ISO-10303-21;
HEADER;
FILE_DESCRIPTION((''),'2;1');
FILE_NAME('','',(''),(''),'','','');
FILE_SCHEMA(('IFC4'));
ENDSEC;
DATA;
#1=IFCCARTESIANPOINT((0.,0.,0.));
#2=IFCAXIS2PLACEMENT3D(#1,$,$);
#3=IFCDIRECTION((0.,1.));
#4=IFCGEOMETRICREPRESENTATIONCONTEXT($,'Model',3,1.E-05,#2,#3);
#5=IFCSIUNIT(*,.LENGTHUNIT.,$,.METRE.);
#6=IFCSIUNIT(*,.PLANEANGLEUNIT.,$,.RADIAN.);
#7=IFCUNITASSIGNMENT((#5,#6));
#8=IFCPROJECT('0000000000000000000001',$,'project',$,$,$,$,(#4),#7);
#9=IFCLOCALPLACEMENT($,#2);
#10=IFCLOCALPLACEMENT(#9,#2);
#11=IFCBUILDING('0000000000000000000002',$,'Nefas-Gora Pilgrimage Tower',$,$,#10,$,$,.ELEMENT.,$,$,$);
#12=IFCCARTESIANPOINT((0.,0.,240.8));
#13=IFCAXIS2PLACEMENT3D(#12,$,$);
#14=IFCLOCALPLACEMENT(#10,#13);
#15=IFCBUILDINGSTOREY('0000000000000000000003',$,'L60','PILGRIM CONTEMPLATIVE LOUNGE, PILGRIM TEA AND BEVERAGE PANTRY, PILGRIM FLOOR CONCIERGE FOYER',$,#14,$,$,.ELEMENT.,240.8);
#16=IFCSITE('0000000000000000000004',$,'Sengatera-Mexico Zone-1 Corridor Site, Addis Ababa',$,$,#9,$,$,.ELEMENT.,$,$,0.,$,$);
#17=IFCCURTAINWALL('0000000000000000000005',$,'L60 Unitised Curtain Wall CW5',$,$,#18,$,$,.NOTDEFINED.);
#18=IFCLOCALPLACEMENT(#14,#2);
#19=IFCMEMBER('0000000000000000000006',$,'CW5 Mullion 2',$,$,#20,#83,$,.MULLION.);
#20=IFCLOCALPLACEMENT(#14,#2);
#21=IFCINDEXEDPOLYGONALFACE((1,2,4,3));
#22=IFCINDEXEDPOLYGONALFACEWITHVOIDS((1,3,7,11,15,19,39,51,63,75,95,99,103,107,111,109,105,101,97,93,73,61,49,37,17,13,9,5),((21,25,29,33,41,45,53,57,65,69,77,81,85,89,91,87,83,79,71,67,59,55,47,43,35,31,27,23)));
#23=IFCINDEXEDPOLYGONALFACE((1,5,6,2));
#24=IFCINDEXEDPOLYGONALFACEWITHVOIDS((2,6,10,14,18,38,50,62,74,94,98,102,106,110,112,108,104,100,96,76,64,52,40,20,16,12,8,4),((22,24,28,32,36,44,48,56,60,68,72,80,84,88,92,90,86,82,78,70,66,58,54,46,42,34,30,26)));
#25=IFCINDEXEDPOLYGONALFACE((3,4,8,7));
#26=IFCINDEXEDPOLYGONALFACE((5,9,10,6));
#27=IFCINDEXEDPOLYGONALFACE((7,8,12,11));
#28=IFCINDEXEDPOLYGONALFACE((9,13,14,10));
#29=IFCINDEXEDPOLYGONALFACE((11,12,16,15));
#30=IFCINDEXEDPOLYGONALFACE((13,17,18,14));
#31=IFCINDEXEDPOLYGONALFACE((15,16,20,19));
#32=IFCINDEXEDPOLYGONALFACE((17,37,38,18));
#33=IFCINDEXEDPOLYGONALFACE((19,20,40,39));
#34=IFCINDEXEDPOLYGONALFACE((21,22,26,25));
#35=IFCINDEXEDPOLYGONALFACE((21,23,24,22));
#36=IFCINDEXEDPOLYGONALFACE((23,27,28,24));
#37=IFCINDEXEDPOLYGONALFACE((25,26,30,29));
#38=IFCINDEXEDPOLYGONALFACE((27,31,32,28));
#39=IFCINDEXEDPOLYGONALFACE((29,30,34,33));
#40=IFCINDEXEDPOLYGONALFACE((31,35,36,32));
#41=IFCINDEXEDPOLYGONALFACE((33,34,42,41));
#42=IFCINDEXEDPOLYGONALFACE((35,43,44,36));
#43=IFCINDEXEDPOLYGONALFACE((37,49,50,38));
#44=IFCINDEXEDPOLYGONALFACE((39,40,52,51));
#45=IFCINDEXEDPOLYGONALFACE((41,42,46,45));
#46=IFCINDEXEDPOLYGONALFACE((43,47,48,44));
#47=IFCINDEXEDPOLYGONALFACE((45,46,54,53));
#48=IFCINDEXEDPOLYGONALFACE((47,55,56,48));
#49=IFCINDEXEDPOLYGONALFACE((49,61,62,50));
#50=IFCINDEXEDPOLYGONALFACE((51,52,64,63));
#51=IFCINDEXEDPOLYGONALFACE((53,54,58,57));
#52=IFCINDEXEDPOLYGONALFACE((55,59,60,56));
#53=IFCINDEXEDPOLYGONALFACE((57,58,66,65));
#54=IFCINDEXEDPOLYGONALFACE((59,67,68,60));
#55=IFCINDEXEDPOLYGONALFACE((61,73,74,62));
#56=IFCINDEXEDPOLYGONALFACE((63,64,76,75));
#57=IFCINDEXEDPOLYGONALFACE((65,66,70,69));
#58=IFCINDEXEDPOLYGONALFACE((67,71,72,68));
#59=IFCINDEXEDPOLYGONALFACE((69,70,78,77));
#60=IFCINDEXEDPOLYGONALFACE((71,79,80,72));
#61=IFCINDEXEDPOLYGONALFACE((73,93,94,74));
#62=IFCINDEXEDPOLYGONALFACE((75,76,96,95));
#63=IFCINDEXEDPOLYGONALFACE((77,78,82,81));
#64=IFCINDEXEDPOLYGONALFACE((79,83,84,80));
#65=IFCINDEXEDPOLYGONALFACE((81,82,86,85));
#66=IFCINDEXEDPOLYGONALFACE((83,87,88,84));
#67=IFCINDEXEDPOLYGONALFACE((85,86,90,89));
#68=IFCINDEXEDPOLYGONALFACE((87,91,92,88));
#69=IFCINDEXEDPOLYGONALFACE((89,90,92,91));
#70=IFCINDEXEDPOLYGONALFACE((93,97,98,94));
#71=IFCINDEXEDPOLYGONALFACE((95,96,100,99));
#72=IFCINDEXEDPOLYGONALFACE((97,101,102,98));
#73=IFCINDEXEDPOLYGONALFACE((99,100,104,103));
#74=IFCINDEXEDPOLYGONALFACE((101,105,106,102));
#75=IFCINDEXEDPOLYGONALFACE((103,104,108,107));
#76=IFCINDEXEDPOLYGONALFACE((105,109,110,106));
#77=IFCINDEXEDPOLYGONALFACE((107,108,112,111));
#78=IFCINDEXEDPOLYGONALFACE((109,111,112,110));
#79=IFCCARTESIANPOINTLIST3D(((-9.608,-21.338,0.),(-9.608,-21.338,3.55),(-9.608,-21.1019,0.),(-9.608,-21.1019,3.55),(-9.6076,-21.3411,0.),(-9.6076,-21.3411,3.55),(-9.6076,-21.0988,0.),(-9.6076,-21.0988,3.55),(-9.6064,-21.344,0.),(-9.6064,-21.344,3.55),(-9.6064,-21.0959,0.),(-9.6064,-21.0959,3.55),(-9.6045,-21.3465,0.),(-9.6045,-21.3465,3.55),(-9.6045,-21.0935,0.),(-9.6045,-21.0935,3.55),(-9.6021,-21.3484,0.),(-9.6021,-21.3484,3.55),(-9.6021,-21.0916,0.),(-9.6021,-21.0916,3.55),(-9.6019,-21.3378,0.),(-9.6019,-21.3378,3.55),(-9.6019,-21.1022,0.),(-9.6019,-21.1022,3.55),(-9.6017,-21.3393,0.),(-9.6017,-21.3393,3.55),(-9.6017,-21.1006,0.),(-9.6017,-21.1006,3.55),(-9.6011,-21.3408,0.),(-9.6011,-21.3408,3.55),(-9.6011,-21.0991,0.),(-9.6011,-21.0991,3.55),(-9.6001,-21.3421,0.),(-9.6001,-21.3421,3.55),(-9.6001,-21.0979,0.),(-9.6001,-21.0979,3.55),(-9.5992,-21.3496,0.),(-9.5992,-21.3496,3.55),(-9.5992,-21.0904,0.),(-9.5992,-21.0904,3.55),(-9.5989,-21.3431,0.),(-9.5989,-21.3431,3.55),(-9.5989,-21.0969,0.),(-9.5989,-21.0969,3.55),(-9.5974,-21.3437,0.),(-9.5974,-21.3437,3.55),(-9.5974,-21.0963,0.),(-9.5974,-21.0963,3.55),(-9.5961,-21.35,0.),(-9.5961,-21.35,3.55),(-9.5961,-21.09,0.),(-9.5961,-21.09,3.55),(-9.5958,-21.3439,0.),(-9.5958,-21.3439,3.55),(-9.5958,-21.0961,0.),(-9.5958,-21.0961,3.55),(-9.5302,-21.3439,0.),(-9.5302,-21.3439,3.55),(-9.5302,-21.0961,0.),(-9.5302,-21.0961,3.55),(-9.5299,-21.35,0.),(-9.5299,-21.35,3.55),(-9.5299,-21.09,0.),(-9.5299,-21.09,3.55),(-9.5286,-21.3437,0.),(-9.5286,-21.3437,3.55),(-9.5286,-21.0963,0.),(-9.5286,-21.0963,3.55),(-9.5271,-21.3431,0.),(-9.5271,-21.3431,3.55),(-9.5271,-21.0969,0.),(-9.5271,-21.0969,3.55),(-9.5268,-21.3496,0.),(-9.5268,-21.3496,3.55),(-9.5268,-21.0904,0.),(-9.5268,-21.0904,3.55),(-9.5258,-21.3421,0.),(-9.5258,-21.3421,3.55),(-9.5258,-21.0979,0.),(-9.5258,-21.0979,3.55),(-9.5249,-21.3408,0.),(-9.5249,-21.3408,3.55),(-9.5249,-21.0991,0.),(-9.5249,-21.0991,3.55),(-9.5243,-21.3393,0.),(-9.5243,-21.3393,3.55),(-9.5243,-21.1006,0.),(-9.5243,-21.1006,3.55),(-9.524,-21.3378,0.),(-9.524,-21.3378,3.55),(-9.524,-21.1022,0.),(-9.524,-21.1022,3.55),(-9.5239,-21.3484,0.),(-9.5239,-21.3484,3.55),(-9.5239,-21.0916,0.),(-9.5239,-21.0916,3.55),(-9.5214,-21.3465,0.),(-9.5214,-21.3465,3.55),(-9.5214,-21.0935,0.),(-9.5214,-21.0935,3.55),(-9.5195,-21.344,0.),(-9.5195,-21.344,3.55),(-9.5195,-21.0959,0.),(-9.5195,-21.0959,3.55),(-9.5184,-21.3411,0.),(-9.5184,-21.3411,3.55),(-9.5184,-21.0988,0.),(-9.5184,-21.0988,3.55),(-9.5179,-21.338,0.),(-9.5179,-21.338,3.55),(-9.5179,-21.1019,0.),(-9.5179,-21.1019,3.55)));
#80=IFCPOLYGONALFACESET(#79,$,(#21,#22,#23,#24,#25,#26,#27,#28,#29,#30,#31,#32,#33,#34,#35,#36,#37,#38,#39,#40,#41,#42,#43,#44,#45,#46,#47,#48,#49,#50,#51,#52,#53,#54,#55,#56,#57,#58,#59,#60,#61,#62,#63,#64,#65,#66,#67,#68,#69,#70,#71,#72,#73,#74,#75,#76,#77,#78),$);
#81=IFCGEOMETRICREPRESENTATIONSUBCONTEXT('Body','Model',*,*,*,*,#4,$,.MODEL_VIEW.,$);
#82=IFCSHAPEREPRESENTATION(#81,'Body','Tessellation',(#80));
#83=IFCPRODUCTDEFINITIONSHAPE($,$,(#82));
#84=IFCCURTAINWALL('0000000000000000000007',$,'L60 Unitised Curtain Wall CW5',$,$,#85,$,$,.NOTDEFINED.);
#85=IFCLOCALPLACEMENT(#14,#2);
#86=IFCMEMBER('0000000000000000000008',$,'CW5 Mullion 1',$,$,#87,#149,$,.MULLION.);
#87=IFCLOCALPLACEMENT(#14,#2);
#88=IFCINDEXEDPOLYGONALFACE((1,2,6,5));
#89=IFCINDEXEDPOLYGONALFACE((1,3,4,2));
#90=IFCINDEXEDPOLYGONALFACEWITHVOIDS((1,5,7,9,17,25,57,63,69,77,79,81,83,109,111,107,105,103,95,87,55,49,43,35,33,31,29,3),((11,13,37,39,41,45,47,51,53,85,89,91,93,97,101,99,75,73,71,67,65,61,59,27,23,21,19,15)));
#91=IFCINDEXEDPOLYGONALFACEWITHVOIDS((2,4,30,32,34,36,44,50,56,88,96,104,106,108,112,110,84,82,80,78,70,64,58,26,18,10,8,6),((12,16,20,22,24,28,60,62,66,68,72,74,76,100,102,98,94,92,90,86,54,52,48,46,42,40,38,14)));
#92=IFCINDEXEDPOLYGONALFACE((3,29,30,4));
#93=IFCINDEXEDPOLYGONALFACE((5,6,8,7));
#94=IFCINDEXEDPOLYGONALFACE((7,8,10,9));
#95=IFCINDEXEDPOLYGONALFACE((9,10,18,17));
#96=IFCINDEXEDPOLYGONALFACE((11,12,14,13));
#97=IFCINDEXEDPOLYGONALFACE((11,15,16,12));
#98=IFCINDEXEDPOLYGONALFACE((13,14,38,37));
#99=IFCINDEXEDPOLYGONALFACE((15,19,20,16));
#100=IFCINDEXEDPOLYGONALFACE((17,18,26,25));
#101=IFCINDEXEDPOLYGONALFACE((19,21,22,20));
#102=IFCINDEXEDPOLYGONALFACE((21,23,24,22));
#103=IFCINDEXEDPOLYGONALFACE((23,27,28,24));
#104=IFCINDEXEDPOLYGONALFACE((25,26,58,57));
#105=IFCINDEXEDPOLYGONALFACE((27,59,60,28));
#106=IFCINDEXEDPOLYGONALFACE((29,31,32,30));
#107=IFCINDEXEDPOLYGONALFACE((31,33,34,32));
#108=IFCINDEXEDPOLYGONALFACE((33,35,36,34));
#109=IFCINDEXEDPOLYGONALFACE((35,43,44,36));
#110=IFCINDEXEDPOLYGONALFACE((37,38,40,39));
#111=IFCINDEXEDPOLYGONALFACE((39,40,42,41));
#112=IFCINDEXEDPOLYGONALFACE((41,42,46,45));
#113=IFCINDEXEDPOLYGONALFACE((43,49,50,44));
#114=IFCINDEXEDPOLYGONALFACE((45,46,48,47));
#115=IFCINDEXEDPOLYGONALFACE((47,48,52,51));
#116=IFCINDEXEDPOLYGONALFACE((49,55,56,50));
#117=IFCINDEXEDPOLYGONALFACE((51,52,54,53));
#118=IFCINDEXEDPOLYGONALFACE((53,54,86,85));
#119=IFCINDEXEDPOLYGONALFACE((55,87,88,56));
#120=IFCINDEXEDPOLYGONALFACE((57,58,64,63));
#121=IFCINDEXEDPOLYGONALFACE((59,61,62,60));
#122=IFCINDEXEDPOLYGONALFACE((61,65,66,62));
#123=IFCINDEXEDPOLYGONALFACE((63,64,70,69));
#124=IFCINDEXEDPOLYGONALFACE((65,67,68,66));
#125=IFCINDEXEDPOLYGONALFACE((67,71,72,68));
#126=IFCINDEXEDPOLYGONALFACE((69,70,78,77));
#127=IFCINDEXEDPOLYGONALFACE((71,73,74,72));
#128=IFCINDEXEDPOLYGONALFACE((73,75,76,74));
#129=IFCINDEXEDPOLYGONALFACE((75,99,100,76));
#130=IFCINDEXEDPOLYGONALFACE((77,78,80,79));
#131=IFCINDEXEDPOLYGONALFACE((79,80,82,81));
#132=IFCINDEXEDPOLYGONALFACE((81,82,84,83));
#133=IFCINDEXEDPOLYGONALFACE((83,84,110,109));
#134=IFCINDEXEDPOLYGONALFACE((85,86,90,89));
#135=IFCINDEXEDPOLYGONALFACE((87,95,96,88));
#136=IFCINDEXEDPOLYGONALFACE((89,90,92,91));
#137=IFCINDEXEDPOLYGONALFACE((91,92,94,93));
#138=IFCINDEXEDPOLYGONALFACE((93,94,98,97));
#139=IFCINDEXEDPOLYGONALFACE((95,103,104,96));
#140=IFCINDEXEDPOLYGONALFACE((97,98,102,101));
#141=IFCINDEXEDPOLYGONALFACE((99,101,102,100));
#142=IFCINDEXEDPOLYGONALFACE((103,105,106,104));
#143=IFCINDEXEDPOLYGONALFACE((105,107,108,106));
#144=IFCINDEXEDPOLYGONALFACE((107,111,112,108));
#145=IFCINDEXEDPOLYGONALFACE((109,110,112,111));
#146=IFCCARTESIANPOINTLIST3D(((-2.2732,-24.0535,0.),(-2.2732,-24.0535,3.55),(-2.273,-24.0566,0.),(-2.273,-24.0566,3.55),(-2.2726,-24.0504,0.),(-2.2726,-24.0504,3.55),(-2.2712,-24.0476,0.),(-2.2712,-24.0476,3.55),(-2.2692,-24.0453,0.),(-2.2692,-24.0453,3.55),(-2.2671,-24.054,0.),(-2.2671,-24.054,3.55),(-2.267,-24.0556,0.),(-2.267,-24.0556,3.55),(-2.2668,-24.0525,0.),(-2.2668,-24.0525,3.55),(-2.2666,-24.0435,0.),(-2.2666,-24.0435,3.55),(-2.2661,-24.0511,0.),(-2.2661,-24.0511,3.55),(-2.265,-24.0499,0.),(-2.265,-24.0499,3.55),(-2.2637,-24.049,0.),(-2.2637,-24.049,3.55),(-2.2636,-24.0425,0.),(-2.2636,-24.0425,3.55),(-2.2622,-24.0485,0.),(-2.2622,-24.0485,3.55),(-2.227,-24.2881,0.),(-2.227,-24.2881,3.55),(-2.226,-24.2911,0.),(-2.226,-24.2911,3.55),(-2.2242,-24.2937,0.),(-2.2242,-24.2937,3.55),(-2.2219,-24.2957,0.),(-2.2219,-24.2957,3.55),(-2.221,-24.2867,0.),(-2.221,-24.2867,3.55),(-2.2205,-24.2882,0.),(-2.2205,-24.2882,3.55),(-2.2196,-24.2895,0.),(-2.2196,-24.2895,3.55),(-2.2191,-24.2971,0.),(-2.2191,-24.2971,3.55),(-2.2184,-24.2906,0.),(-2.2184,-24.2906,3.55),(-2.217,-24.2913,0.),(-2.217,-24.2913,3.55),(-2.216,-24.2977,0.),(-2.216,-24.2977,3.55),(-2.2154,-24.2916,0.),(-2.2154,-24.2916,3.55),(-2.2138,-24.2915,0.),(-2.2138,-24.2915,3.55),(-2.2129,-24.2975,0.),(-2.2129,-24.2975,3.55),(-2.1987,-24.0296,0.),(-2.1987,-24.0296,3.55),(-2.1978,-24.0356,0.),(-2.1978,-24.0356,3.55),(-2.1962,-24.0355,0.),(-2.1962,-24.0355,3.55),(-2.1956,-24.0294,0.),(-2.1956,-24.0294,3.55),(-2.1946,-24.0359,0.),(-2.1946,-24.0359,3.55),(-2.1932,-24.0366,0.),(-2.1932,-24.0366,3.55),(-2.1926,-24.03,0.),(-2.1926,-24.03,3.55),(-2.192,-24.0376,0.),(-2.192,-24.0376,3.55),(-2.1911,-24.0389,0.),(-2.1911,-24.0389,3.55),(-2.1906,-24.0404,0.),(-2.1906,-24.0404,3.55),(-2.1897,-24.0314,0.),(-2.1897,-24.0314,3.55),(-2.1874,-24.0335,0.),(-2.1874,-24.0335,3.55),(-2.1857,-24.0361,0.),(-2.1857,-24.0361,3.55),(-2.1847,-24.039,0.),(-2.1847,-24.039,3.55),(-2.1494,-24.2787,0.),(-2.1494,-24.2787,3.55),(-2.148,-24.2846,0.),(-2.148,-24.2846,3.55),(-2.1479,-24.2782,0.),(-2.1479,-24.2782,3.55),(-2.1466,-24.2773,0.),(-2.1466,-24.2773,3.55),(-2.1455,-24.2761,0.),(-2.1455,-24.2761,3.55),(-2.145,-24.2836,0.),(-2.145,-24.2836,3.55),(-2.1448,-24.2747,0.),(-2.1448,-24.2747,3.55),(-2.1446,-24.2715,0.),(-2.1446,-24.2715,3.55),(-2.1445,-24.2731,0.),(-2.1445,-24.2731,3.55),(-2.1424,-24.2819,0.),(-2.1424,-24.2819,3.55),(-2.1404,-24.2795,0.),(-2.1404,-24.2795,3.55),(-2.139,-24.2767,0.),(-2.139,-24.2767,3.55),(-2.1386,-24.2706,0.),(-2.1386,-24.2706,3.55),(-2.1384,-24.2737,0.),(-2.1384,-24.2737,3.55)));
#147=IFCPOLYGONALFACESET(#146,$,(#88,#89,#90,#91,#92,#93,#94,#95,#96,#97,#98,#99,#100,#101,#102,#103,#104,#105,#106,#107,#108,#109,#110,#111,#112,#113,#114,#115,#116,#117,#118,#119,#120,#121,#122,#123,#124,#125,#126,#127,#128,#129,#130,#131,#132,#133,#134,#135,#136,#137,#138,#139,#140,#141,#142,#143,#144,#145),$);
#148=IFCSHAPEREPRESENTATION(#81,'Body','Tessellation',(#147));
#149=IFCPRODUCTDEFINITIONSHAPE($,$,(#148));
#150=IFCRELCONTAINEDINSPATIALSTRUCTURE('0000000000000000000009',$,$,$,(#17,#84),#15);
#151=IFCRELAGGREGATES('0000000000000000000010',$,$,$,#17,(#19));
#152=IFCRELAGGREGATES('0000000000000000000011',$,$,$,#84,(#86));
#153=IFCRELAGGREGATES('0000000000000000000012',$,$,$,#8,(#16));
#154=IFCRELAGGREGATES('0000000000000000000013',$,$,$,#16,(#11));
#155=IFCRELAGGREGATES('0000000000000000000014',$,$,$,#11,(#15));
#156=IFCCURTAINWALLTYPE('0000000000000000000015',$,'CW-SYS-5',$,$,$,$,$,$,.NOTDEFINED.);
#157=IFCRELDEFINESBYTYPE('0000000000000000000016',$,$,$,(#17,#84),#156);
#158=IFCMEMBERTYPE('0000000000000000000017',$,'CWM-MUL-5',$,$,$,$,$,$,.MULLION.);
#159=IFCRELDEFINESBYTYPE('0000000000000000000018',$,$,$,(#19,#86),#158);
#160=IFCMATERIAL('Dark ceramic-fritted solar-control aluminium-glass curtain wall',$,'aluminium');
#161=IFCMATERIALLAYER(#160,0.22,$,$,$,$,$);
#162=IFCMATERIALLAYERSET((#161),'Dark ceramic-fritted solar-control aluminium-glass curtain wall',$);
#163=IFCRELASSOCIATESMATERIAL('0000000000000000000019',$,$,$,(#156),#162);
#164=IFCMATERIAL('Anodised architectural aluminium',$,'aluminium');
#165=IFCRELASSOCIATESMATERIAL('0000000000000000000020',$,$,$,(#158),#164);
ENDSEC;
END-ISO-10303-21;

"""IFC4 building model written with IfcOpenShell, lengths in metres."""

from ifc_helpers import new_model, si_unit, direction, frame, origin, origin_2d, place, context, subcontext, project, spatial, hollow_rectangle, extrude, source, transform, mapped, material, layer, layer_set, material_profile, profile_set, type_object, element, aggregate, save


model = new_model("IFC4")

# Units and contexts
model_context = context("Model", 3, precision=1e-05, world=origin(), true_north=direction((0.0, 1.0)))
body_context = subcontext(model_context, "Body", "Model", "MODEL_VIEW")
ifc_project = project(units=[si_unit("LENGTHUNIT", "METRE"), si_unit("PLANEANGLEUNIT", "RADIAN")], contexts=[model_context])

# Site, building, storey
site_placement = place(None, origin())
site = spatial("IfcSite", under=ifc_project, at=site_placement, Name="Sengatera-Mexico Zone-1 Corridor Site, Addis Ababa", CompositionType="ELEMENT", RefElevation=0.0)
building_placement = place(site_placement, origin())
building = spatial("IfcBuilding", under=site, at=building_placement, Name="Nefas-Gora Pilgrimage Tower", CompositionType="ELEMENT")
storey_placement = place(building_placement, frame((0.0, 0.0, 240.8)))
storey = spatial("IfcBuildingStorey", under=building, at=storey_placement, Name="L60", Description="PILGRIM CONTEMPLATIVE LOUNGE, PILGRIM TEA AND BEVERAGE PANTRY, PILGRIM FLOOR CONCIERGE FOYER", CompositionType="ELEMENT", Elevation=240.8)

# Curtain wall, member
ifc_material_1 = material(Name="Dark ceramic-fritted solar-control aluminium-glass curtain wall", Category="aluminium")
ifc_layer_1 = layer(ifc_material_1, 0.22)
ifc_layer_set_1 = layer_set([ifc_layer_1], Name="Dark ceramic-fritted solar-control aluminium-glass curtain wall")
curtain_wall_type = type_object("IfcCurtainWallType", Name="CW-SYS-5", PredefinedType="NOTDEFINED", material=ifc_layer_set_1)
curtain_wall_1_placement = place(storey_placement, origin())
curtain_wall_1 = element("IfcCurtainWall", 1, at=curtain_wall_1_placement, inside=storey, type_object=curtain_wall_type, Name="L60 Unitised Curtain Wall CW5", PredefinedType="NOTDEFINED")
ifc_material_2 = material(Name="Anodised architectural aluminium", Category="aluminium")
ifc_material_profile_1 = material_profile(ifc_material_2, hollow_rectangle(XDim=0.0901, YDim=0.26, WallThickness=0.0061, InnerFilletRadius=0.0061, OuterFilletRadius=0.012, at=origin_2d()), Name="ALU MULLION 90x260")
ifc_profile_set_1 = profile_set([ifc_material_profile_1], Name="Anodised architectural aluminium")
member_type_1 = type_object("IfcMemberType", Name="CWM-MUL-5", PredefinedType="MULLION", material=ifc_profile_set_1)
shared_shape_1 = source(origin(), body_context, "Body", "SweptSolid", [
    extrude(hollow_rectangle(XDim=0.0901, YDim=0.26, WallThickness=0.0061, InnerFilletRadius=0.0061, OuterFilletRadius=0.012, at=origin_2d()), origin(), (0.0, 0.0, 1.0), 3.55),
])
member_1_placement = place(storey_placement, frame((-9.563, -21.22, 0.0), z_axis=(0.0, 0.0, 1.0), x_axis=(1.0, 0.0, 0.0)))
member_1 = element("IfcMember", 2, at=member_1_placement, type_object=member_type_1, Name="CW5 Mullion 2", PredefinedType="MULLION", context=body_context, shape_type="MappedRepresentation", body=[
    mapped(shared_shape_1, transform((0.0, 0.0, 0.0), x_axis=(1.0, 0.0, 0.0), y_axis=(0.0, 1.0, 0.0), z_axis=(0.0, 0.0, 1.0), scale=1.0)),
])
aggregate(curtain_wall_1, [member_1])

# Curtain wall, member
curtain_wall_2_placement = place(storey_placement, origin())
curtain_wall_2 = element("IfcCurtainWall", 3, at=curtain_wall_2_placement, inside=storey, type_object=curtain_wall_type, Name="L60 Unitised Curtain Wall CW5", PredefinedType="NOTDEFINED")
member_2_placement = place(storey_placement, frame((-2.2058, -24.1636, 0.0), z_axis=(0.0, 0.0, 1.0), x_axis=(0.980783, 0.195102, 0.0)))
member_2 = element("IfcMember", 4, at=member_2_placement, type_object=member_type_1, Name="CW5 Mullion 1", PredefinedType="MULLION", context=body_context, shape_type="MappedRepresentation", body=[
    mapped(shared_shape_1, transform((0.0, 0.0, 0.0), x_axis=(1.0, 0.0, 0.0), y_axis=(0.0, 1.0, 0.0), z_axis=(0.0, 0.0, 1.0), scale=1.0)),
])
aggregate(curtain_wall_2, [member_2])

save(model, "model.ifc")
